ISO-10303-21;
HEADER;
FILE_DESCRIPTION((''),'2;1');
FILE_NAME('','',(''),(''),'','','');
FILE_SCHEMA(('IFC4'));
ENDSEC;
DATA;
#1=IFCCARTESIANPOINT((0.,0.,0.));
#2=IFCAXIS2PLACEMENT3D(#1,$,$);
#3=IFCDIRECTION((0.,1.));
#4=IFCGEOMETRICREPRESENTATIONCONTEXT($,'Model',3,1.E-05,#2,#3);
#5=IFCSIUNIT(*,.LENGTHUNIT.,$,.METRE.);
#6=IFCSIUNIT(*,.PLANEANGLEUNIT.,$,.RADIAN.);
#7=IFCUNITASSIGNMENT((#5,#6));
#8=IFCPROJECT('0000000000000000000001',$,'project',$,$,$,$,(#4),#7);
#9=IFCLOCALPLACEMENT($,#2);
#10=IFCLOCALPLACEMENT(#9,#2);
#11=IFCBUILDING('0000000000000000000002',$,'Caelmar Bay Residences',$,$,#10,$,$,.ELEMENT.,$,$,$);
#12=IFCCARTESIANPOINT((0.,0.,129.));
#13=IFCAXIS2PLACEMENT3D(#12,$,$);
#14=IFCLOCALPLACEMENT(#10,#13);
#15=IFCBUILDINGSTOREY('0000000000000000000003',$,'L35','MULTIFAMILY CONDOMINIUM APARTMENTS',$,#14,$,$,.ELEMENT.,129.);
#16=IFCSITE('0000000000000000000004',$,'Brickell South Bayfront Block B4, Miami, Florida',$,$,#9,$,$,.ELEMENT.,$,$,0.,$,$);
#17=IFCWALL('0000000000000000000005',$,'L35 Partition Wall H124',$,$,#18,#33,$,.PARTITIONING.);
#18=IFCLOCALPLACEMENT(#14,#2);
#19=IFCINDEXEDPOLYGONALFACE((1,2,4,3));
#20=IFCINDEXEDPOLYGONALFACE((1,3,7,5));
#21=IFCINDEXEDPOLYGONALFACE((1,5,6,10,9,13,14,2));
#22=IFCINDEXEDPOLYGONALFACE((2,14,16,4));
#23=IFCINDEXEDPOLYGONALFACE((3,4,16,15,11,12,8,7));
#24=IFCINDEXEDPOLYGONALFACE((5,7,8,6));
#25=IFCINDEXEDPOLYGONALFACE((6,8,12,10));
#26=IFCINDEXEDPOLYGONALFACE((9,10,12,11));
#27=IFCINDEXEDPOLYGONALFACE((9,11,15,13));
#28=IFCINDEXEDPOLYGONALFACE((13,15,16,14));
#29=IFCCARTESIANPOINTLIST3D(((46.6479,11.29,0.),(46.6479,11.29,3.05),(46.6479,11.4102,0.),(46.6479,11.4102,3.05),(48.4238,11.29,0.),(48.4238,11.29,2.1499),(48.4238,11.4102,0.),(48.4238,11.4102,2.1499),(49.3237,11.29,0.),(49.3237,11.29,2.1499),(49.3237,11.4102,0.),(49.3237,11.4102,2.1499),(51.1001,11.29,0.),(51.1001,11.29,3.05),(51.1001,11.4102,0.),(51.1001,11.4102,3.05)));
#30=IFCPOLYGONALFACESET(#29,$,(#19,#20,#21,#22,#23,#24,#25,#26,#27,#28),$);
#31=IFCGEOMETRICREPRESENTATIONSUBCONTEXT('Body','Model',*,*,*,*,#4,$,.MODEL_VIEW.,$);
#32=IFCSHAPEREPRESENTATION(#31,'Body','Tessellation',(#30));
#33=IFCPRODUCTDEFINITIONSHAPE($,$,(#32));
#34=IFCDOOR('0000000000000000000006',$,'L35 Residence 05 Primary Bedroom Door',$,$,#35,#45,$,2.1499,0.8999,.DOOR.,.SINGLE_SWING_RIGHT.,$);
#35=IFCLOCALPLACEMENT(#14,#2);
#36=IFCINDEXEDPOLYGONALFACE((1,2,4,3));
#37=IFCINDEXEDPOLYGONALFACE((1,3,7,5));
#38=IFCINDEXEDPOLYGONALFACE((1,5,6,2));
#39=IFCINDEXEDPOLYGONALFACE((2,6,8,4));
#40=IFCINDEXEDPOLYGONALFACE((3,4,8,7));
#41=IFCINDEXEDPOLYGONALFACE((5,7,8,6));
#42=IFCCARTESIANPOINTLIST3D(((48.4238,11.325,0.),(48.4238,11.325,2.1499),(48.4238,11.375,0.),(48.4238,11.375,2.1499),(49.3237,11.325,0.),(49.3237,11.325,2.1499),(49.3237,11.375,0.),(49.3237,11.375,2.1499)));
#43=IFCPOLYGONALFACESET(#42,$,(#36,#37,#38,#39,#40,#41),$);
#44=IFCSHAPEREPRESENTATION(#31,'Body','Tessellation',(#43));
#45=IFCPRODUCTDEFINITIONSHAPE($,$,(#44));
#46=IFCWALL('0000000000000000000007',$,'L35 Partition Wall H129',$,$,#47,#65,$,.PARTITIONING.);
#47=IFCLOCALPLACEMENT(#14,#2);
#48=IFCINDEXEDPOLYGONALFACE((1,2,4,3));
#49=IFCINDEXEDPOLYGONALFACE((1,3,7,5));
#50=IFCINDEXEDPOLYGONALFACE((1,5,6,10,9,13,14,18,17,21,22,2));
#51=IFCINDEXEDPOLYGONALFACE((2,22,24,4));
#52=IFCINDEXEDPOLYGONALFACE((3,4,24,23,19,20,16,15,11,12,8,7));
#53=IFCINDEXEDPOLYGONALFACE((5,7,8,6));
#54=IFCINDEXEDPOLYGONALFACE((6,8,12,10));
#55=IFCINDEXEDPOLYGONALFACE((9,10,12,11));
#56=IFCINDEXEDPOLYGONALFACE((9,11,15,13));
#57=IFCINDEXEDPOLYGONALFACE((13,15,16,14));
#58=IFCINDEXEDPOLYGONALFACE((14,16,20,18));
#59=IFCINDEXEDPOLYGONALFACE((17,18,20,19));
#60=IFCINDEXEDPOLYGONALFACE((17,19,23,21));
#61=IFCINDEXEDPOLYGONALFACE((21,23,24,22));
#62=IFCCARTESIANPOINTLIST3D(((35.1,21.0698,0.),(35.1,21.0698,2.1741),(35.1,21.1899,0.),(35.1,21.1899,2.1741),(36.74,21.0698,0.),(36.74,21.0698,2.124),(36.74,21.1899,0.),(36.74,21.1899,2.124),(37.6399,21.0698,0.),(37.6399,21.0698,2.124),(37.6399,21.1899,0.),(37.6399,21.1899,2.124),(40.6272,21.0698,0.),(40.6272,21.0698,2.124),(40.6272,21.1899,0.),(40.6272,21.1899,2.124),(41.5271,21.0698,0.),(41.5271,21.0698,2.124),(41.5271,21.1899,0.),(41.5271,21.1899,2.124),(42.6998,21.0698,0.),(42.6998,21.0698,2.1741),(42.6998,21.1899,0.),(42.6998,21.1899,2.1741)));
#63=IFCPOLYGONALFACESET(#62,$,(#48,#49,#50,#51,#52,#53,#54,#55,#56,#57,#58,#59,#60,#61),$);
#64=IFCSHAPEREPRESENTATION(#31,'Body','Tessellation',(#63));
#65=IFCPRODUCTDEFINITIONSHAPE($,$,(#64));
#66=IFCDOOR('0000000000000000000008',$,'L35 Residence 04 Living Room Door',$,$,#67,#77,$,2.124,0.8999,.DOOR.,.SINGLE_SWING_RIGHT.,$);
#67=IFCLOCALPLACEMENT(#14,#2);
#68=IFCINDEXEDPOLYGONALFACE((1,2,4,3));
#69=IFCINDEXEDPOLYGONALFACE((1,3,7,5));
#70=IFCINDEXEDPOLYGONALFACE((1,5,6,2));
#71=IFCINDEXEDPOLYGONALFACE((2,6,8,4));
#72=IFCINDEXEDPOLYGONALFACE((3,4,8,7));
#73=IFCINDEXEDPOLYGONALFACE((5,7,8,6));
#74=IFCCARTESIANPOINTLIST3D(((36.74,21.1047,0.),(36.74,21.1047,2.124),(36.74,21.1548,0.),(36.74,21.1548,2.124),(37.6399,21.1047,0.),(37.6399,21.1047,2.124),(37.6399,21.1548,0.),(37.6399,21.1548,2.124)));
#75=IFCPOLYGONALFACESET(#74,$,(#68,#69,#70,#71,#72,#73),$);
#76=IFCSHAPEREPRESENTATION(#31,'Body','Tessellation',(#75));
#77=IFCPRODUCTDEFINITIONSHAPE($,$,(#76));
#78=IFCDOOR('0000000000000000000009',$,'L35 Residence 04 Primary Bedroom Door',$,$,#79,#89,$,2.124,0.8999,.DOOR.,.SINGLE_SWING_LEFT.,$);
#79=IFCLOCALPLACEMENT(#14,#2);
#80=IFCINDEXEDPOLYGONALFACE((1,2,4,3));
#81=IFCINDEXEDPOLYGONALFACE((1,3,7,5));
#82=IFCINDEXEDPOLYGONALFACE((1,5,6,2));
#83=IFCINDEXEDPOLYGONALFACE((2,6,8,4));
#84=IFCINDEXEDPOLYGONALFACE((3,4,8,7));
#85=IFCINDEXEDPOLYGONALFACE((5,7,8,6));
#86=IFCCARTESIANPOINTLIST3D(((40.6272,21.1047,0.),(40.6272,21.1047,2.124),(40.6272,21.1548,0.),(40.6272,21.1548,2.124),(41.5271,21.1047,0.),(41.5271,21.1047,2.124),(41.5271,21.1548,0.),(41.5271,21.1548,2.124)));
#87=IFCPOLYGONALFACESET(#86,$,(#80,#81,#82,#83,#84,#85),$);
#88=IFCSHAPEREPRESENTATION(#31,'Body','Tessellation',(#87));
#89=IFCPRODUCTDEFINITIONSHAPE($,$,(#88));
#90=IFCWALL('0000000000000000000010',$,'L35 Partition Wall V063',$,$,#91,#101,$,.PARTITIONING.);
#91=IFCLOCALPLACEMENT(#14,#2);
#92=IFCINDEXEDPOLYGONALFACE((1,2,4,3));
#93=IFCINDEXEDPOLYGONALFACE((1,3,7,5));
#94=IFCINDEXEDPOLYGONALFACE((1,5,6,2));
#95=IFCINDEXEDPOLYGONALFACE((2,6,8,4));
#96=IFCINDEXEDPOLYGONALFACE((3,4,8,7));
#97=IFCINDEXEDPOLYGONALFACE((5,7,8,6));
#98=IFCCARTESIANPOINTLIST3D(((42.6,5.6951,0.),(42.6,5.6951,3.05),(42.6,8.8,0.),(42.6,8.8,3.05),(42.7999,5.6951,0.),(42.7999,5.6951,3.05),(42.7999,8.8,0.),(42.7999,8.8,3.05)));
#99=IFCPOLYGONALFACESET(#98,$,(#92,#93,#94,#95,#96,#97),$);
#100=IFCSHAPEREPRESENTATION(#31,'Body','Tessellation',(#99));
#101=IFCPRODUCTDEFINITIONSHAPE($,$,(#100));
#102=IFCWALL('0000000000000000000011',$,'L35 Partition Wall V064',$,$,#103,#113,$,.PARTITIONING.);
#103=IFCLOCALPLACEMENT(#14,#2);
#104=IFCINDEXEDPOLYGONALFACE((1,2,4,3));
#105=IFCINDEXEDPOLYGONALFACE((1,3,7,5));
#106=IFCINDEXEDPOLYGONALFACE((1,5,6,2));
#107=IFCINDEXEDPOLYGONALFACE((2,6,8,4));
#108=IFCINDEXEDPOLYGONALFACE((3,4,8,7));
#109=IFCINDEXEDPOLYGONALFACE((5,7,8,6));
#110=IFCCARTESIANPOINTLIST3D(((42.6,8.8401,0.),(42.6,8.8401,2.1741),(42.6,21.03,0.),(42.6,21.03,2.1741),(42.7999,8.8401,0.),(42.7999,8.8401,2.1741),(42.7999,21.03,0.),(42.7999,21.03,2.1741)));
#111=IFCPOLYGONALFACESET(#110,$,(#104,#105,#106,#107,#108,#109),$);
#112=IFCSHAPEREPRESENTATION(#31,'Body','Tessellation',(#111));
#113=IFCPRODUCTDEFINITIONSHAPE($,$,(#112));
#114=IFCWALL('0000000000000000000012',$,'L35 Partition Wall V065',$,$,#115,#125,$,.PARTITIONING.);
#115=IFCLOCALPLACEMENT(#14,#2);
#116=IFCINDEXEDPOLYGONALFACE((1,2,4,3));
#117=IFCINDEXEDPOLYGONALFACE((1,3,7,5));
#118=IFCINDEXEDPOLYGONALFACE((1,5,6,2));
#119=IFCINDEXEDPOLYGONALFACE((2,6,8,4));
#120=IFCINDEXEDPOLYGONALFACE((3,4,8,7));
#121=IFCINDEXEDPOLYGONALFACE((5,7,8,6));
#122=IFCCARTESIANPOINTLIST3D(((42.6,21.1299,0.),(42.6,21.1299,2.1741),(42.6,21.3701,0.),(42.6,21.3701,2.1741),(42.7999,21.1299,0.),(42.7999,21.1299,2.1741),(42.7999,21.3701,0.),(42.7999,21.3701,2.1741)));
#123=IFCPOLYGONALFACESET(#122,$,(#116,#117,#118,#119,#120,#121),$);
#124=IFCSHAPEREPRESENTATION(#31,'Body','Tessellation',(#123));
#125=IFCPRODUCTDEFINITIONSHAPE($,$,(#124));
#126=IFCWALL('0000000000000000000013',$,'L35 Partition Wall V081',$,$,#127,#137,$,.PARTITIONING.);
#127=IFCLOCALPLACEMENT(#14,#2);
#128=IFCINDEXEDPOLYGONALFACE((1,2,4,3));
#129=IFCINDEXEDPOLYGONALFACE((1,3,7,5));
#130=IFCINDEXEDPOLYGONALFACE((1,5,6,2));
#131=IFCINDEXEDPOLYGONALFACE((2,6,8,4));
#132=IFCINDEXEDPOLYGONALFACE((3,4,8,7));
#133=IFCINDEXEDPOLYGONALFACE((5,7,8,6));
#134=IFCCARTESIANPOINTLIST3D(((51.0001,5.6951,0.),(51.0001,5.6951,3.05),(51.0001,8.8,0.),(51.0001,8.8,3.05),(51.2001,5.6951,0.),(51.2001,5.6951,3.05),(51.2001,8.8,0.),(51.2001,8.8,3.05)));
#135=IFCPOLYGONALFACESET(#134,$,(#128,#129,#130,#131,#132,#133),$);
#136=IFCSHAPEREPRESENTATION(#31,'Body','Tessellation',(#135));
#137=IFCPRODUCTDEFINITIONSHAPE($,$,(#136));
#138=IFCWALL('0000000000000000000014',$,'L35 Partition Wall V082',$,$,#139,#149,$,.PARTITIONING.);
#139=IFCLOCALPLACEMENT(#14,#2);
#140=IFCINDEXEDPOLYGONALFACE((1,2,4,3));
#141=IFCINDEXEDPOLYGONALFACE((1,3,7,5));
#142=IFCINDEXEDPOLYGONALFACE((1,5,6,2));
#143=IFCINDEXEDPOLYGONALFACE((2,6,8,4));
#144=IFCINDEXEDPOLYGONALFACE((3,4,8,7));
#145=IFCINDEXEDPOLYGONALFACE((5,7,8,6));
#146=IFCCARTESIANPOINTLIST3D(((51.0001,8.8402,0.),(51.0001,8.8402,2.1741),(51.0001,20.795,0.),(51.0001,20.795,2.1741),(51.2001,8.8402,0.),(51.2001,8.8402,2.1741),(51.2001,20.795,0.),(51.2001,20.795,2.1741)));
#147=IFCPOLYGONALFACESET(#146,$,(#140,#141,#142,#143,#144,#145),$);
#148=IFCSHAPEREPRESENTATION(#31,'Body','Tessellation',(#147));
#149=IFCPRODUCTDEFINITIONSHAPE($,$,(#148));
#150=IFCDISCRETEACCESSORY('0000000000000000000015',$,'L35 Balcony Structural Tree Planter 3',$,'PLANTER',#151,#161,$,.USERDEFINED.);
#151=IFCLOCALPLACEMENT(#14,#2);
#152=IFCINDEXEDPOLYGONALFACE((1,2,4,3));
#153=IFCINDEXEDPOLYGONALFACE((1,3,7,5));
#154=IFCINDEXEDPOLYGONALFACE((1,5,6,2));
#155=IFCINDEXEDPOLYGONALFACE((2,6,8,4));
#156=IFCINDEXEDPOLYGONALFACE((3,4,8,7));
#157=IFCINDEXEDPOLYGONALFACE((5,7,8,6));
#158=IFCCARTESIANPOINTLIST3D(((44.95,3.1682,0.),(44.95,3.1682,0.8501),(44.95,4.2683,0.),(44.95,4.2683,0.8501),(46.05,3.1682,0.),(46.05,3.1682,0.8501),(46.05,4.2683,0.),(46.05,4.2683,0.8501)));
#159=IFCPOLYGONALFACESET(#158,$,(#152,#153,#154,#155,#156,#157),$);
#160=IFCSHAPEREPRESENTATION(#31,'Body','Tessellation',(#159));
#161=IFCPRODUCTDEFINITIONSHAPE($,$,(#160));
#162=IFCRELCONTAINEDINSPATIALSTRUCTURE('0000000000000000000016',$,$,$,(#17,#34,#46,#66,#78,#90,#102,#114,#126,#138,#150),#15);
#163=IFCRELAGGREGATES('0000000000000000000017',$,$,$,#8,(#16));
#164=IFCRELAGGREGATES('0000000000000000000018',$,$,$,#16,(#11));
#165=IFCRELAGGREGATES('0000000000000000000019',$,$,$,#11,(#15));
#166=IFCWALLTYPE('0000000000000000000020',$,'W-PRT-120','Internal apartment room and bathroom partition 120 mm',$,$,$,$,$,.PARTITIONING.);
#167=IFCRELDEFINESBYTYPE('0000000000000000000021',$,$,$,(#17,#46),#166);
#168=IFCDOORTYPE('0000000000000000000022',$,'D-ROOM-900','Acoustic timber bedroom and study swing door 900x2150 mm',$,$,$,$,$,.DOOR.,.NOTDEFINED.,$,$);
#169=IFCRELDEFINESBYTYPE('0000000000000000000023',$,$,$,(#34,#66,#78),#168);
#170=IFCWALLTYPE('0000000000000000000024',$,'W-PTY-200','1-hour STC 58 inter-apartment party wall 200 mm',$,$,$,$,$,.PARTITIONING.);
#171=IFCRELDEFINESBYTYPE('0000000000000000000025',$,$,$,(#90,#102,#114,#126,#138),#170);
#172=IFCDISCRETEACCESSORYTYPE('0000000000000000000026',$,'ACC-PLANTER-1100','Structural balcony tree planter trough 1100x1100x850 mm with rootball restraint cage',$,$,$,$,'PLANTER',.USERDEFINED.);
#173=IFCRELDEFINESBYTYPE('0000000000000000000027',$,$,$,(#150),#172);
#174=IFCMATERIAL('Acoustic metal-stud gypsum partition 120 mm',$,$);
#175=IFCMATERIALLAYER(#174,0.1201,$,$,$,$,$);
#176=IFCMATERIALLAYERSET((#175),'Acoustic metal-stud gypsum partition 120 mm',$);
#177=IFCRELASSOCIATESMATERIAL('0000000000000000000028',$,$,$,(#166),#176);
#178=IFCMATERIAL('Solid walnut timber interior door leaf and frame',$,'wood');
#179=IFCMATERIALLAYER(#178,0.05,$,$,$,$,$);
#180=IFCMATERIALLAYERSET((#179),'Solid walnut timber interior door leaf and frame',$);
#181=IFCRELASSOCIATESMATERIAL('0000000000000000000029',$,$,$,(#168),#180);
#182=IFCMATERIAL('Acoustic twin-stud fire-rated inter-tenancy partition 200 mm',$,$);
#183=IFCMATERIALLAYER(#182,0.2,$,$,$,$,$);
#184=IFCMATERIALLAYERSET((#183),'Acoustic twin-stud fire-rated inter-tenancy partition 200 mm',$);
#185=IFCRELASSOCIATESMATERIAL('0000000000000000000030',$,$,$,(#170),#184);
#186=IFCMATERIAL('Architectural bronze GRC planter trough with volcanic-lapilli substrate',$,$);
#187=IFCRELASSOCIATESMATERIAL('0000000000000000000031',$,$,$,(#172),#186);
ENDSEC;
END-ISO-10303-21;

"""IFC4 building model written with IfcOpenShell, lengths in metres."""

from ifc_helpers import new_model, si_unit, direction, frame, frame_2d, origin, origin_2d, place, context, subcontext, project, spatial, rectangle, extrude, material, layer, layer_set, type_object, element, fill, save


model = new_model("IFC4")

# Units and contexts
model_context = context("Model", 3, precision=1e-05, world=origin(), true_north=direction((0.0, 1.0)))
body_context = subcontext(model_context, "Body", "Model", "MODEL_VIEW")
ifc_project = project(units=[si_unit("LENGTHUNIT", "METRE"), si_unit("PLANEANGLEUNIT", "RADIAN")], contexts=[model_context])

# Site, building, storey
site_placement = place(None, origin())
site = spatial("IfcSite", under=ifc_project, at=site_placement, Name="Brickell South Bayfront Block B4, Miami, Florida", CompositionType="ELEMENT", RefElevation=0.0)
building_placement = place(site_placement, origin())
building = spatial("IfcBuilding", under=site, at=building_placement, Name="Caelmar Bay Residences", CompositionType="ELEMENT")
storey_placement = place(building_placement, frame((0.0, 0.0, 129.0)))
storey = spatial("IfcBuildingStorey", under=building, at=storey_placement, Name="L35", Description="MULTIFAMILY CONDOMINIUM APARTMENTS", CompositionType="ELEMENT", Elevation=129.0)

# Shared definitions
ifc_material_1 = material(Name="Acoustic metal-stud gypsum partition 120 mm")
ifc_layer_1 = layer(ifc_material_1, 0.1201)
ifc_layer_set_1 = layer_set([ifc_layer_1], Name="Acoustic metal-stud gypsum partition 120 mm")
wall_type_1 = type_object("IfcWallType", Name="W-PRT-120", Description="Internal apartment room and bathroom partition 120 mm", PredefinedType="PARTITIONING", material=ifc_layer_set_1)

# Wall, opening, door
wall_1_placement = place(storey_placement, frame((46.6479, 11.3501, 0.0), z_axis=(0.0, 0.0, 1.0), x_axis=(1.0, 0.0, 0.0)))
wall_1 = element("IfcWall", 1, at=wall_1_placement, inside=storey, type_object=wall_type_1, Name="L35 Partition Wall H124", PredefinedType="PARTITIONING", context=body_context, shape_type="SweptSolid", body=[
    extrude(rectangle(XDim=4.4521, YDim=0.1201, at=frame_2d((2.2261, 0.0))), origin(), (0.0, 0.0, 1.0), 3.05),
])
opening_1_placement = place(wall_1_placement, frame((1.7759, 0.0, 0.0)))
opening_1 = element("IfcOpeningElement", 2, at=opening_1_placement, cuts=wall_1, PredefinedType="OPENING", context=body_context, shape_type="SweptSolid", body=[
    extrude(rectangle(XDim=0.8999, YDim=2.1499, at=frame_2d((0.45, 1.075))), frame((0.0, 0.0701, 0.0), z_axis=(0.0, -1.0, 0.0), x_axis=(1.0, 0.0, 0.0)), (0.0, 0.0, 1.0), 0.1401),
])
ifc_material_2 = material(Name="Solid walnut timber interior door leaf and frame", Category="wood")
ifc_layer_2 = layer(ifc_material_2, 0.05)
ifc_layer_set_2 = layer_set([ifc_layer_2], Name="Solid walnut timber interior door leaf and frame")
door_type = type_object("IfcDoorType", Name="D-ROOM-900", Description="Acoustic timber bedroom and study swing door 900x2150 mm", OperationType="NOTDEFINED", PredefinedType="DOOR", material=ifc_layer_set_2)
door_1_placement = place(opening_1_placement, origin())
door_1 = element("IfcDoor", 3, at=door_1_placement, inside=storey, type_object=door_type, Name="L35 Residence 05 Primary Bedroom Door", OperationType="SINGLE_SWING_RIGHT", OverallHeight=2.1499, OverallWidth=0.8999, PredefinedType="DOOR", context=body_context, shape_type="SweptSolid", body=[
    extrude(rectangle(XDim=0.8999, YDim=2.1499, at=frame_2d((0.45, 1.075))), frame((0.0, 0.0249, 0.0), z_axis=(0.0, -1.0, 0.0), x_axis=(1.0, 0.0, 0.0)), (0.0, 0.0, 1.0), 0.05),
])
fill(opening_1, door_1)

# Wall, openings, doors
wall_2_placement = place(storey_placement, frame((35.1001, 21.1299, 0.0), z_axis=(0.0, 0.0, 1.0), x_axis=(1.0, 0.0, 0.0)))
wall_2 = element("IfcWall", 4, at=wall_2_placement, inside=storey, type_object=wall_type_1, Name="L35 Partition Wall H129", PredefinedType="PARTITIONING", context=body_context, shape_type="SweptSolid", body=[
    extrude(rectangle(XDim=7.5999, YDim=0.1201, at=frame_2d((3.7998, 0.0))), origin(), (0.0, 0.0, 1.0), 2.1741),
])
opening_2_placement = place(wall_2_placement, frame((1.6399, 0.0, 0.0)))
opening_2 = element("IfcOpeningElement", 5, at=opening_2_placement, cuts=wall_2, PredefinedType="OPENING", context=body_context, shape_type="SweptSolid", body=[
    extrude(rectangle(XDim=0.8999, YDim=2.124, at=frame_2d((0.45, 1.062))), frame((0.0, 0.0701, 0.0), z_axis=(0.0, -1.0, 0.0), x_axis=(1.0, 0.0, 0.0)), (0.0, 0.0, 1.0), 0.1401),
])
opening_3_placement = place(wall_2_placement, frame((5.5271, 0.0, 0.0)))
opening_3 = element("IfcOpeningElement", 6, at=opening_3_placement, cuts=wall_2, PredefinedType="OPENING", context=body_context, shape_type="SweptSolid", body=[
    extrude(rectangle(XDim=0.8999, YDim=2.124, at=frame_2d((0.45, 1.062))), frame((0.0, 0.0701, 0.0), z_axis=(0.0, -1.0, 0.0), x_axis=(1.0, 0.0, 0.0)), (0.0, 0.0, 1.0), 0.1401),
])
door_2_placement = place(opening_2_placement, origin())
door_2 = element("IfcDoor", 7, at=door_2_placement, inside=storey, type_object=door_type, Name="L35 Residence 04 Living Room Door", OperationType="SINGLE_SWING_RIGHT", OverallHeight=2.124, OverallWidth=0.8999, PredefinedType="DOOR", context=body_context, shape_type="SweptSolid", body=[
    extrude(rectangle(XDim=0.8999, YDim=2.124, at=frame_2d((0.45, 1.062))), frame((0.0, 0.0249, 0.0), z_axis=(0.0, -1.0, 0.0), x_axis=(1.0, 0.0, 0.0)), (0.0, 0.0, 1.0), 0.05),
])
fill(opening_2, door_2)
door_3_placement = place(opening_3_placement, origin())
door_3 = element("IfcDoor", 8, at=door_3_placement, inside=storey, type_object=door_type, Name="L35 Residence 04 Primary Bedroom Door", OperationType="SINGLE_SWING_LEFT", OverallHeight=2.124, OverallWidth=0.8999, PredefinedType="DOOR", context=body_context, shape_type="SweptSolid", body=[
    extrude(rectangle(XDim=0.8999, YDim=2.124, at=frame_2d((0.45, 1.062))), frame((0.0, 0.0249, 0.0), z_axis=(0.0, -1.0, 0.0), x_axis=(1.0, 0.0, 0.0)), (0.0, 0.0, 1.0), 0.05),
])
fill(opening_3, door_3)

# Walls
ifc_material_3 = material(Name="Acoustic twin-stud fire-rated inter-tenancy partition 200 mm")
ifc_layer_3 = layer(ifc_material_3, 0.2)
ifc_layer_set_3 = layer_set([ifc_layer_3], Name="Acoustic twin-stud fire-rated inter-tenancy partition 200 mm")
wall_type_2 = type_object("IfcWallType", Name="W-PTY-200", Description="1-hour STC 58 inter-apartment party wall 200 mm", PredefinedType="PARTITIONING", material=ifc_layer_set_3)
wall_3_placement = place(storey_placement, frame((42.7, 5.6951, 0.0), z_axis=(0.0, 0.0, 1.0), x_axis=(0.0, 1.0, 0.0)))
element("IfcWall", 9, at=wall_3_placement, inside=storey, type_object=wall_type_2, Name="L35 Partition Wall V063", PredefinedType="PARTITIONING", context=body_context, shape_type="SweptSolid", body=[
    extrude(rectangle(XDim=3.105, YDim=0.2, at=frame_2d((1.5525, 0.0))), origin(), (0.0, 0.0, 1.0), 3.05),
])
wall_4_placement = place(storey_placement, frame((42.7, 8.8401, 0.0), z_axis=(0.0, 0.0, 1.0), x_axis=(0.0, 1.0, 0.0)))
element("IfcWall", 10, at=wall_4_placement, inside=storey, type_object=wall_type_2, Name="L35 Partition Wall V064", PredefinedType="PARTITIONING", context=body_context, shape_type="SweptSolid", body=[
    extrude(rectangle(XDim=12.1899, YDim=0.2, at=frame_2d((6.095, 0.0))), origin(), (0.0, 0.0, 1.0), 2.1741),
])
wall_5_placement = place(storey_placement, frame((42.7, 21.1299, 0.0), z_axis=(0.0, 0.0, 1.0), x_axis=(0.0, 1.0, 0.0)))
element("IfcWall", 11, at=wall_5_placement, inside=storey, type_object=wall_type_2, Name="L35 Partition Wall V065", PredefinedType="PARTITIONING", context=body_context, shape_type="SweptSolid", body=[
    extrude(rectangle(XDim=0.2402, YDim=0.2, at=frame_2d((0.1201, 0.0))), origin(), (0.0, 0.0, 1.0), 2.1741),
])
wall_6_placement = place(storey_placement, frame((51.1001, 5.6951, 0.0), z_axis=(0.0, 0.0, 1.0), x_axis=(0.0, 1.0, 0.0)))
element("IfcWall", 12, at=wall_6_placement, inside=storey, type_object=wall_type_2, Name="L35 Partition Wall V081", PredefinedType="PARTITIONING", context=body_context, shape_type="SweptSolid", body=[
    extrude(rectangle(XDim=3.105, YDim=0.2, at=frame_2d((1.5525, 0.0))), origin(), (0.0, 0.0, 1.0), 3.05),
])
wall_7_placement = place(storey_placement, frame((51.1001, 8.8401, 0.0), z_axis=(0.0, 0.0, 1.0), x_axis=(0.0, 1.0, 0.0)))
element("IfcWall", 13, at=wall_7_placement, inside=storey, type_object=wall_type_2, Name="L35 Partition Wall V082", PredefinedType="PARTITIONING", context=body_context, shape_type="SweptSolid", body=[
    extrude(rectangle(XDim=11.9548, YDim=0.2, at=frame_2d((5.9775, 0.0))), origin(), (0.0, 0.0, 1.0), 2.1741),
])

# Discrete accessory
ifc_material_4 = material(Name="Architectural bronze GRC planter trough with volcanic-lapilli substrate")
discrete_accessory_type = type_object("IfcDiscreteAccessoryType", Name="ACC-PLANTER-1100", Description="Structural balcony tree planter trough 1100x1100x850 mm with rootball restraint cage", ElementType="PLANTER", PredefinedType="USERDEFINED", material=ifc_material_4)
discrete_accessory_placement = place(storey_placement, frame((45.5, 3.7183, 0.0), z_axis=(0.0, 0.0, 1.0), x_axis=(1.0, 0.0, 0.0)))
element("IfcDiscreteAccessory", 14, at=discrete_accessory_placement, inside=storey, type_object=discrete_accessory_type, Name="L35 Balcony Structural Tree Planter 3", ObjectType="PLANTER", PredefinedType="USERDEFINED", context=body_context, shape_type="SweptSolid", body=[
    extrude(rectangle(XDim=1.1001, YDim=1.1001, at=origin_2d()), origin(), (0.0, 0.0, 1.0), 0.8501),
])

save(model, "model.ifc")
